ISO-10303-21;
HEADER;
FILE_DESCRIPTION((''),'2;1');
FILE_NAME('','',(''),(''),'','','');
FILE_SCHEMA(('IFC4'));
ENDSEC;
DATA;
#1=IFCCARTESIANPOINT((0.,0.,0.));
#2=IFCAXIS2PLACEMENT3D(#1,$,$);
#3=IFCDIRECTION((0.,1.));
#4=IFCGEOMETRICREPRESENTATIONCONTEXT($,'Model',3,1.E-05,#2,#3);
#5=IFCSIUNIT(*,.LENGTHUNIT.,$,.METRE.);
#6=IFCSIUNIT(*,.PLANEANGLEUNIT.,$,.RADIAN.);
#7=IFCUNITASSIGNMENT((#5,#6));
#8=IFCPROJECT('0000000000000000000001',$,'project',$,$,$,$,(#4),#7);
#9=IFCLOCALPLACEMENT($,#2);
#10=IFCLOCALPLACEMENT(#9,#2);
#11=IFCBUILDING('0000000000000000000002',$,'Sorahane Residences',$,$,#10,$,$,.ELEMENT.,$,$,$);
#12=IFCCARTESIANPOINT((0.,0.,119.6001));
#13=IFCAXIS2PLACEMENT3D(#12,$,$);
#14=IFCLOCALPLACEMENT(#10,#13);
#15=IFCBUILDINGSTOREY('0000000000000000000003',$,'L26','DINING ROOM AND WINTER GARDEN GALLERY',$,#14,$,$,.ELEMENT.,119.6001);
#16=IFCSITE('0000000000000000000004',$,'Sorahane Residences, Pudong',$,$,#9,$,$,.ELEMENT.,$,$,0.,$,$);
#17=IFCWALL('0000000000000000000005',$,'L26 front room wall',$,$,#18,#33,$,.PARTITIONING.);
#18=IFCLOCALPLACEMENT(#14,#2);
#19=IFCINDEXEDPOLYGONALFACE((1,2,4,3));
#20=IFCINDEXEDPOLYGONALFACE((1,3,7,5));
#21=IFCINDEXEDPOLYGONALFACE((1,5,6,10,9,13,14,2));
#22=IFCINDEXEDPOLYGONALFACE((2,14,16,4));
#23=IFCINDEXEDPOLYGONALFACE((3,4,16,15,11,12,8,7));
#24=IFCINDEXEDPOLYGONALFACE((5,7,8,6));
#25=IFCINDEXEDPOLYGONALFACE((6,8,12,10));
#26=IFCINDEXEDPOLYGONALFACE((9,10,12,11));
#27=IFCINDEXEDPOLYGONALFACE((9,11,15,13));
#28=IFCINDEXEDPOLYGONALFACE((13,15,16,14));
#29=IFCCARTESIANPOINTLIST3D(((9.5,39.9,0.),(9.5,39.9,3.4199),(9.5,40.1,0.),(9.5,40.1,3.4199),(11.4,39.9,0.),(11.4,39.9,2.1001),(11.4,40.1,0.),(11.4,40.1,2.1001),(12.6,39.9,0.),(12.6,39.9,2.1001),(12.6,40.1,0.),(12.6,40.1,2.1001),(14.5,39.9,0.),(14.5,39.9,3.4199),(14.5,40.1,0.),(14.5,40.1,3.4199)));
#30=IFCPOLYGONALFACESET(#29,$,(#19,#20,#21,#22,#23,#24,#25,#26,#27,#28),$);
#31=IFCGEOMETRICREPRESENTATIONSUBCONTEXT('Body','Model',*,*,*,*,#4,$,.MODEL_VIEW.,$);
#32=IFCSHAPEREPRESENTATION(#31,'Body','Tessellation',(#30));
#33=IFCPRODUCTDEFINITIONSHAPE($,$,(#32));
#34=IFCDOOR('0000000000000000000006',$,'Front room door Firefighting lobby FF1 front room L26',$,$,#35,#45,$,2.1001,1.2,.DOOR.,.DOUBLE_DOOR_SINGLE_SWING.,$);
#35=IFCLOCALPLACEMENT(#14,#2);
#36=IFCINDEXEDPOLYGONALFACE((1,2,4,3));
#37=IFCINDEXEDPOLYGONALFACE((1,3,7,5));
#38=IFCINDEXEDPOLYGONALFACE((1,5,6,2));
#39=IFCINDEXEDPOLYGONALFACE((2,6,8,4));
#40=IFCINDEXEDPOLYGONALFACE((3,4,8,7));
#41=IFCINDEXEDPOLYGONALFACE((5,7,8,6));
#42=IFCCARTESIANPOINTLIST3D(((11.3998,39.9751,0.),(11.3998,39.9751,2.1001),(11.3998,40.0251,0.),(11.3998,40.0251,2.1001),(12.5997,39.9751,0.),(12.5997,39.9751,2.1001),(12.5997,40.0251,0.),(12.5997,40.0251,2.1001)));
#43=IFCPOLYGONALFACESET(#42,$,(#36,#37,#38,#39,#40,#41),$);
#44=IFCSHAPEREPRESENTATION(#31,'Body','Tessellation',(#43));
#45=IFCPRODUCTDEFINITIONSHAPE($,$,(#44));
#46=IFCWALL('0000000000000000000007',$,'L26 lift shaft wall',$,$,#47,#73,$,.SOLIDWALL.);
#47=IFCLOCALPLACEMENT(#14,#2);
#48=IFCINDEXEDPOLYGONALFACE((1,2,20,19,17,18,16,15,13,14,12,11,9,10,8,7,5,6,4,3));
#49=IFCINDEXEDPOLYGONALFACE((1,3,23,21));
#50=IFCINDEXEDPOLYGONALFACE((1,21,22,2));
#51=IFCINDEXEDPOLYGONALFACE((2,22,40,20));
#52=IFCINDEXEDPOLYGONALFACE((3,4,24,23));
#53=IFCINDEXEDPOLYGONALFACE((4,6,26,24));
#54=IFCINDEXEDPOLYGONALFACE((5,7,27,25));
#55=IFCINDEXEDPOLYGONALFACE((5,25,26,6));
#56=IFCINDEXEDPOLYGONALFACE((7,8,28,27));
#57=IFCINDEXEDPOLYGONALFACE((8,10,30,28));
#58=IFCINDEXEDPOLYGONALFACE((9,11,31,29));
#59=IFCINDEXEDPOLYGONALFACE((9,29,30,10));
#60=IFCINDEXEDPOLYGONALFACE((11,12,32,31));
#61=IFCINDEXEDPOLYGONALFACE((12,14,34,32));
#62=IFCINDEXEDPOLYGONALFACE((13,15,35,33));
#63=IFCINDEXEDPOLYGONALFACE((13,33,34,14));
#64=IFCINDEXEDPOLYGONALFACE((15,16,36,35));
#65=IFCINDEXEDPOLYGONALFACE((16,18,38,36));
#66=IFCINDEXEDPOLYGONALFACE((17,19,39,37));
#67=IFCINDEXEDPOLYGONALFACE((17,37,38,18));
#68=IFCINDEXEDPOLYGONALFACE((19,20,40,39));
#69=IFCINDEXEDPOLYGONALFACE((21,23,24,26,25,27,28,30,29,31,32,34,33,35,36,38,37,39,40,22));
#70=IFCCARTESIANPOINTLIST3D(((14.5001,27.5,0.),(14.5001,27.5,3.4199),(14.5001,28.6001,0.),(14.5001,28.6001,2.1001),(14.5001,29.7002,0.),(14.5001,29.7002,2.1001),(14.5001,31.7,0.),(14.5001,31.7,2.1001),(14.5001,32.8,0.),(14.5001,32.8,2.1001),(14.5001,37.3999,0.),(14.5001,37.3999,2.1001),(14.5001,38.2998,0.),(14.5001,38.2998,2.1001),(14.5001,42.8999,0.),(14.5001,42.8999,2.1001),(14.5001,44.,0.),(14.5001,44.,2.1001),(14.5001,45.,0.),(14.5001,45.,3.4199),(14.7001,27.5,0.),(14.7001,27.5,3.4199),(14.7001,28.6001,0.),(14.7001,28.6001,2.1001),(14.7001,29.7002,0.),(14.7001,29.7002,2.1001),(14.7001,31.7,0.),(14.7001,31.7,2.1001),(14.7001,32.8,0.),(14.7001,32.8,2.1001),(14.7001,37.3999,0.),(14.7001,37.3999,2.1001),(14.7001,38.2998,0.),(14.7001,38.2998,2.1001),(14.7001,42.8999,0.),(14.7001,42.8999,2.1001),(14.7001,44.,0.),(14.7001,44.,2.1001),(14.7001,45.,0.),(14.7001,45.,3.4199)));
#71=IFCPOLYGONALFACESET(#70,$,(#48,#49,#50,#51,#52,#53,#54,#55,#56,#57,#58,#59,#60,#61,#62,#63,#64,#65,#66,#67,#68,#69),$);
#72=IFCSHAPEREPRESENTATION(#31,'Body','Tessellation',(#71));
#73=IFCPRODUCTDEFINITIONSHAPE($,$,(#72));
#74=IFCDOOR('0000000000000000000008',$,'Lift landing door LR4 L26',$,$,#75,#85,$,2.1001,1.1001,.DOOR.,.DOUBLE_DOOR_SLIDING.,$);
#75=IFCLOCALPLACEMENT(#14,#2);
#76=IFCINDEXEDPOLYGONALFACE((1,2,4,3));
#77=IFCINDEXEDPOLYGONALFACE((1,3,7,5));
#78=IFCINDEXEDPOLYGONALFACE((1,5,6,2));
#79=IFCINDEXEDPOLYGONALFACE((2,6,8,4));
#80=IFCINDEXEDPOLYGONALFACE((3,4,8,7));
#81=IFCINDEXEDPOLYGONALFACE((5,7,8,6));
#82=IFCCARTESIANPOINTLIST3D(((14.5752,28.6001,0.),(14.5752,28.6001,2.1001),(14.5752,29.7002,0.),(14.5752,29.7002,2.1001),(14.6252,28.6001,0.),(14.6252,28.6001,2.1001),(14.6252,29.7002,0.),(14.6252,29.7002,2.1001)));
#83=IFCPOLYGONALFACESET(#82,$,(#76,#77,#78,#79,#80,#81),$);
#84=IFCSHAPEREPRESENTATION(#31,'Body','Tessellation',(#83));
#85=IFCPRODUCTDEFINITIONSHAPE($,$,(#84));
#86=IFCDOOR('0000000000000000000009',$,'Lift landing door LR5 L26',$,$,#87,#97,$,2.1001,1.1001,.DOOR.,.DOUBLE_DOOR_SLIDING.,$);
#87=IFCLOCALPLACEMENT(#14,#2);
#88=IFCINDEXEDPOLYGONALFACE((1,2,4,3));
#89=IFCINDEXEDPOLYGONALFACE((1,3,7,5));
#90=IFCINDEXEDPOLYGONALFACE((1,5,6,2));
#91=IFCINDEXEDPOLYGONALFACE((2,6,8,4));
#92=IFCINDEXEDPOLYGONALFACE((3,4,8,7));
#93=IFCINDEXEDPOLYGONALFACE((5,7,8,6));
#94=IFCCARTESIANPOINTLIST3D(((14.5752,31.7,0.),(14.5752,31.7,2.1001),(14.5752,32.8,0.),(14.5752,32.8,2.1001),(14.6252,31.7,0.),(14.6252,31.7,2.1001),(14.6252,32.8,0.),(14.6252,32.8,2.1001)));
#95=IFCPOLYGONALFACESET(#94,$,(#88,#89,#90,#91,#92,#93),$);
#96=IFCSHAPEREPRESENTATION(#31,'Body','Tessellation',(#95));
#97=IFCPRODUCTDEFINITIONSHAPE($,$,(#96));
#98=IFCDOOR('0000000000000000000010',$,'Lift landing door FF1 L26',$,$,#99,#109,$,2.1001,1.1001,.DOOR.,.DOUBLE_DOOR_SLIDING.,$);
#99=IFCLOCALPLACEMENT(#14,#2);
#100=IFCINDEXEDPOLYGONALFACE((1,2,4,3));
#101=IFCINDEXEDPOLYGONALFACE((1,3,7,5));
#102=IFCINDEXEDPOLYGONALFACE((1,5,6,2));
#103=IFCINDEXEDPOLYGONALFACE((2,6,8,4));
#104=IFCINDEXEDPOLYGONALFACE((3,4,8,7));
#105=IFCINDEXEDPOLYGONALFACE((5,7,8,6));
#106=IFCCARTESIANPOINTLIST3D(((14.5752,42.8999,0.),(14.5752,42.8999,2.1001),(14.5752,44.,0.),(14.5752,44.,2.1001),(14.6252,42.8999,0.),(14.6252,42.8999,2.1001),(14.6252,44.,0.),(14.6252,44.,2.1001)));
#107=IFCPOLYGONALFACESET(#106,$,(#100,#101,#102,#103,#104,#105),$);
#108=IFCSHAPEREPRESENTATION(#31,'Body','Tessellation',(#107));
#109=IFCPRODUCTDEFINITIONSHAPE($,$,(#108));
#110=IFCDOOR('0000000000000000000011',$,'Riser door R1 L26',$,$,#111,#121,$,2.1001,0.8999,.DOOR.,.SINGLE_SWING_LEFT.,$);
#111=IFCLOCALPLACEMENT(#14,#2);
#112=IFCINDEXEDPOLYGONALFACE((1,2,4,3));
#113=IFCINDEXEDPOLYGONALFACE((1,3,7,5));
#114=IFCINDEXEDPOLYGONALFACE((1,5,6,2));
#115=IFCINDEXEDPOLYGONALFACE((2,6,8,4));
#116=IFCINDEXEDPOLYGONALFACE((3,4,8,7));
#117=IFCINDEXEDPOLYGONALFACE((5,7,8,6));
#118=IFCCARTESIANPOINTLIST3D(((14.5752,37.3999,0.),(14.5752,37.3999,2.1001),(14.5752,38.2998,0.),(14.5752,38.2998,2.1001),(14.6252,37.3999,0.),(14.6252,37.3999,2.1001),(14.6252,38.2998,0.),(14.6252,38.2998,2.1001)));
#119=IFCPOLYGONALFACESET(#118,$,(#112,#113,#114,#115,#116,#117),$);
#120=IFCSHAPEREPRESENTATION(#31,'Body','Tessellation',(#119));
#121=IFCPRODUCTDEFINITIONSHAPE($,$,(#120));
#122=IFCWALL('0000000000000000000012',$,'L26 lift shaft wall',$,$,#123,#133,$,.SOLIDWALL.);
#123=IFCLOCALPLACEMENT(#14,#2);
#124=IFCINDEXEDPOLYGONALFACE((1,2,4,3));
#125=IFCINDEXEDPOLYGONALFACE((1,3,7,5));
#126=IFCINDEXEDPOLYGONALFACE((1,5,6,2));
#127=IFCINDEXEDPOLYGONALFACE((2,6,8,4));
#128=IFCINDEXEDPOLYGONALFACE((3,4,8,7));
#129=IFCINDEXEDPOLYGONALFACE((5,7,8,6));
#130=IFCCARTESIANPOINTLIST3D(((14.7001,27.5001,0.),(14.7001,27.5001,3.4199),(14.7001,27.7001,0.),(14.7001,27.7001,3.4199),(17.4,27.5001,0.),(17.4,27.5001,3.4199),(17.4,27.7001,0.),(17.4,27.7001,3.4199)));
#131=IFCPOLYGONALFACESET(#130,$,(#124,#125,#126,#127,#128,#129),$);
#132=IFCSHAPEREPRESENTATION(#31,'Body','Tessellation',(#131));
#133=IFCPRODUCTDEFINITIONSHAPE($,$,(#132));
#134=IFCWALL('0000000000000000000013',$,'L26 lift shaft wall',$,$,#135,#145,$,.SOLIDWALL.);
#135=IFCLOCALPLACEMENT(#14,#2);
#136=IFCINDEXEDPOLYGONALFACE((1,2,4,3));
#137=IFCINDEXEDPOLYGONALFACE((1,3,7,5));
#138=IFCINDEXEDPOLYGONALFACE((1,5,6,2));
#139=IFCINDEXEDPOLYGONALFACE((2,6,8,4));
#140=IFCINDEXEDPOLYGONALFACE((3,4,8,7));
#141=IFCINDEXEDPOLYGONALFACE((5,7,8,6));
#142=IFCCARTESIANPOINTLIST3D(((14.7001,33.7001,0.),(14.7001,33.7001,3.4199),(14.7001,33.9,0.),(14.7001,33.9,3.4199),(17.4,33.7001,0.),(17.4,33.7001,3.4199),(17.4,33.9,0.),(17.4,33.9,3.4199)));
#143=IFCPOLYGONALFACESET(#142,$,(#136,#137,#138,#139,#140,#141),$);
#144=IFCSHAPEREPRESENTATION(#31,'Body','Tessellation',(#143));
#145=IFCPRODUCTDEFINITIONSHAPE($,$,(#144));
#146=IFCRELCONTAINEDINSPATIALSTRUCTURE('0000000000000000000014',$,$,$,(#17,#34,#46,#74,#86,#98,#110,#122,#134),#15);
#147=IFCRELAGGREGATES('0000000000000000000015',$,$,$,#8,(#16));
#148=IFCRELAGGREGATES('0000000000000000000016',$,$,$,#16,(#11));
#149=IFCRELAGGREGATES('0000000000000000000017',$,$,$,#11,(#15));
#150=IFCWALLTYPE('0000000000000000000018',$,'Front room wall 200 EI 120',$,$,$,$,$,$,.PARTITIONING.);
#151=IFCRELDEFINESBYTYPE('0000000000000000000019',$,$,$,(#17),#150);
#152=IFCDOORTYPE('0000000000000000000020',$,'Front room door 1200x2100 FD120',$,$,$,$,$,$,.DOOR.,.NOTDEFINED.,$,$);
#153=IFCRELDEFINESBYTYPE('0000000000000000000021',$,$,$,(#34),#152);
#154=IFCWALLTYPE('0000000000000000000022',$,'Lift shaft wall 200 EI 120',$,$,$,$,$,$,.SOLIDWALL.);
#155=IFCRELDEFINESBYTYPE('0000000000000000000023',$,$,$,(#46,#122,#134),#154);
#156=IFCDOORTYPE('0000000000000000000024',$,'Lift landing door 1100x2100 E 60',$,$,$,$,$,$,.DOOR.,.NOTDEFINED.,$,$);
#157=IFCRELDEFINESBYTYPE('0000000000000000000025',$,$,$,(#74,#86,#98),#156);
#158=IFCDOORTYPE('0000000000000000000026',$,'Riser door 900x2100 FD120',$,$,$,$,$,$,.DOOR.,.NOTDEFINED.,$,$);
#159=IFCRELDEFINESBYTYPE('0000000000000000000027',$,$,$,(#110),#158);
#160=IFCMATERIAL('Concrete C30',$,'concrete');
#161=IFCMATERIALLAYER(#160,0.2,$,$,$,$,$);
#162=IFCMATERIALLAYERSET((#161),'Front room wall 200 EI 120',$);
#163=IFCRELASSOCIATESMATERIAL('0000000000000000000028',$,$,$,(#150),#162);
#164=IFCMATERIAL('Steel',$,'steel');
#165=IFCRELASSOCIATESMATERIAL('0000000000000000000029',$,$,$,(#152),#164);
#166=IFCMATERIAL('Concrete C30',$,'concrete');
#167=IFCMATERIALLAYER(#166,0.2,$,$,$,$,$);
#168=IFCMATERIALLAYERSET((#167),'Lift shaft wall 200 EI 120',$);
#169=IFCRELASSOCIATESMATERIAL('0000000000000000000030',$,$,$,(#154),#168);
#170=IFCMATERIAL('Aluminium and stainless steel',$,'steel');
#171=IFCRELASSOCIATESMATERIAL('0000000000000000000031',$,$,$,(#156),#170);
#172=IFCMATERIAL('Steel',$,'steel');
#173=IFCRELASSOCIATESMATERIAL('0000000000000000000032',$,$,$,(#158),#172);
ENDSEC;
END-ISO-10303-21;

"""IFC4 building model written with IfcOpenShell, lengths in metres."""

from ifc_helpers import new_model, si_unit, direction, frame, frame_2d, origin, place, context, subcontext, project, spatial, rectangle, extrude, material, layer, layer_set, type_object, element, fill, save


model = new_model("IFC4")

# Units and contexts
model_context = context("Model", 3, precision=1e-05, world=origin(), true_north=direction((0.0, 1.0)))
body_context = subcontext(model_context, "Body", "Model", "MODEL_VIEW")
ifc_project = project(units=[si_unit("LENGTHUNIT", "METRE"), si_unit("PLANEANGLEUNIT", "RADIAN")], contexts=[model_context])

# Site, building, storey
site_placement = place(None, origin())
site = spatial("IfcSite", under=ifc_project, at=site_placement, Name="Sorahane Residences, Pudong", CompositionType="ELEMENT", RefElevation=0.0)
building_placement = place(site_placement, origin())
building = spatial("IfcBuilding", under=site, at=building_placement, Name="Sorahane Residences", CompositionType="ELEMENT")
storey_placement = place(building_placement, frame((0.0, 0.0, 119.6001)))
storey = spatial("IfcBuildingStorey", under=building, at=storey_placement, Name="L26", Description="DINING ROOM AND WINTER GARDEN GALLERY", CompositionType="ELEMENT", Elevation=119.6001)

# Wall, opening, door
ifc_material_1 = material(Name="Concrete C30", Category="concrete")
ifc_layer_1 = layer(ifc_material_1, 0.2)
ifc_layer_set_1 = layer_set([ifc_layer_1], Name="Front room wall 200 EI 120")
wall_type_1 = type_object("IfcWallType", Name="Front room wall 200 EI 120", PredefinedType="PARTITIONING", material=ifc_layer_set_1)
wall_1_placement = place(storey_placement, frame((9.5, 40.0, 0.0), z_axis=(0.0, 0.0, 1.0), x_axis=(1.0, 0.0, 0.0)))
wall_1 = element("IfcWall", 1, at=wall_1_placement, inside=storey, type_object=wall_type_1, Name="L26 front room wall", PredefinedType="PARTITIONING", context=body_context, shape_type="SweptSolid", body=[
    extrude(rectangle(XDim=5.0, YDim=0.2, at=frame_2d((2.5, 0.0))), origin(), (0.0, 0.0, 1.0), 3.4199),
])
opening_1_placement = place(wall_1_placement, frame((1.8999, 0.0, 0.0)))
opening_1 = element("IfcOpeningElement", 2, at=opening_1_placement, cuts=wall_1, PredefinedType="OPENING", context=body_context, shape_type="SweptSolid", body=[
    extrude(rectangle(XDim=1.2, YDim=2.1001, at=frame_2d((0.6001, 1.05))), frame((0.0, 0.1099, 0.0), z_axis=(0.0, -1.0, 0.0), x_axis=(1.0, 0.0, 0.0)), (0.0, 0.0, 1.0), 0.22),
])
ifc_material_2 = material(Name="Steel", Category="steel")
door_type_1 = type_object("IfcDoorType", Name="Front room door 1200x2100 FD120", OperationType="NOTDEFINED", PredefinedType="DOOR", material=ifc_material_2)
door_1_placement = place(opening_1_placement, frame((1.2, 0.0, 0.0), z_axis=(0.0, 0.0, 1.0), x_axis=(-1.0, 0.0, 0.0)))
door_1 = element("IfcDoor", 3, at=door_1_placement, inside=storey, type_object=door_type_1, Name="Front room door Firefighting lobby FF1 front room L26", OperationType="DOUBLE_DOOR_SINGLE_SWING", OverallHeight=2.1001, OverallWidth=1.2, PredefinedType="DOOR", context=body_context, shape_type="SweptSolid", body=[
    extrude(rectangle(XDim=1.2, YDim=2.1001, at=frame_2d((0.6001, 1.05))), frame((0.0, 0.0249, 0.0), z_axis=(0.0, -1.0, 0.0), x_axis=(1.0, 0.0, 0.0)), (0.0, 0.0, 1.0), 0.05),
])
fill(opening_1, door_1)

# Wall, openings, doors
ifc_material_3 = material(Name="Concrete C30", Category="concrete")
ifc_layer_2 = layer(ifc_material_3, 0.2)
ifc_layer_set_2 = layer_set([ifc_layer_2], Name="Lift shaft wall 200 EI 120")
wall_type_2 = type_object("IfcWallType", Name="Lift shaft wall 200 EI 120", PredefinedType="SOLIDWALL", material=ifc_layer_set_2)
wall_2_placement = place(storey_placement, frame((14.6001, 27.5, 0.0), z_axis=(0.0, 0.0, 1.0), x_axis=(0.0, 1.0, 0.0)))
wall_2 = element("IfcWall", 4, at=wall_2_placement, inside=storey, type_object=wall_type_2, Name="L26 lift shaft wall", PredefinedType="SOLIDWALL", context=body_context, shape_type="SweptSolid", body=[
    extrude(rectangle(XDim=17.5, YDim=0.2, at=frame_2d((8.75, 0.0))), origin(), (0.0, 0.0, 1.0), 3.4199),
])
opening_2_placement = place(wall_2_placement, frame((1.1001, 0.0, 0.0)))
opening_2 = element("IfcOpeningElement", 5, at=opening_2_placement, cuts=wall_2, PredefinedType="OPENING", context=body_context, shape_type="SweptSolid", body=[
    extrude(rectangle(XDim=1.1001, YDim=2.1001, at=frame_2d((0.55, 1.05))), frame((0.0, 0.1099, 0.0), z_axis=(0.0, -1.0, 0.0), x_axis=(1.0, 0.0, 0.0)), (0.0, 0.0, 1.0), 0.22),
])
opening_3_placement = place(wall_2_placement, frame((4.2, 0.0, 0.0)))
opening_3 = element("IfcOpeningElement", 6, at=opening_3_placement, cuts=wall_2, PredefinedType="OPENING", context=body_context, shape_type="SweptSolid", body=[
    extrude(rectangle(XDim=1.1001, YDim=2.1001, at=frame_2d((0.55, 1.05))), frame((0.0, 0.1099, 0.0), z_axis=(0.0, -1.0, 0.0), x_axis=(1.0, 0.0, 0.0)), (0.0, 0.0, 1.0), 0.22),
])
opening_4_placement = place(wall_2_placement, frame((15.3999, 0.0, 0.0)))
opening_4 = element("IfcOpeningElement", 7, at=opening_4_placement, cuts=wall_2, PredefinedType="OPENING", context=body_context, shape_type="SweptSolid", body=[
    extrude(rectangle(XDim=1.1001, YDim=2.1001, at=frame_2d((0.55, 1.05))), frame((0.0, 0.1099, 0.0), z_axis=(0.0, -1.0, 0.0), x_axis=(1.0, 0.0, 0.0)), (0.0, 0.0, 1.0), 0.22),
])
opening_5_placement = place(wall_2_placement, frame((9.8999, 0.0, 0.0)))
opening_5 = element("IfcOpeningElement", 8, at=opening_5_placement, cuts=wall_2, PredefinedType="OPENING", context=body_context, shape_type="SweptSolid", body=[
    extrude(rectangle(XDim=0.8999, YDim=2.1001, at=frame_2d((0.45, 1.05))), frame((0.0, 0.1099, 0.0), z_axis=(0.0, -1.0, 0.0), x_axis=(1.0, 0.0, 0.0)), (0.0, 0.0, 1.0), 0.22),
])
ifc_material_4 = material(Name="Aluminium and stainless steel", Category="steel")
door_type_2 = type_object("IfcDoorType", Name="Lift landing door 1100x2100 E 60", OperationType="NOTDEFINED", PredefinedType="DOOR", material=ifc_material_4)
door_2_placement = place(opening_2_placement, origin())
door_2 = element("IfcDoor", 9, at=door_2_placement, inside=storey, type_object=door_type_2, Name="Lift landing door LR4 L26", OperationType="DOUBLE_DOOR_SLIDING", OverallHeight=2.1001, OverallWidth=1.1001, PredefinedType="DOOR", context=body_context, shape_type="SweptSolid", body=[
    extrude(rectangle(XDim=1.1001, YDim=2.1001, at=frame_2d((0.55, 1.05))), frame((0.0, 0.0249, 0.0), z_axis=(0.0, -1.0, 0.0), x_axis=(1.0, 0.0, 0.0)), (0.0, 0.0, 1.0), 0.05),
])
fill(opening_2, door_2)
door_3_placement = place(opening_3_placement, origin())
door_3 = element("IfcDoor", 10, at=door_3_placement, inside=storey, type_object=door_type_2, Name="Lift landing door LR5 L26", OperationType="DOUBLE_DOOR_SLIDING", OverallHeight=2.1001, OverallWidth=1.1001, PredefinedType="DOOR", context=body_context, shape_type="SweptSolid", body=[
    extrude(rectangle(XDim=1.1001, YDim=2.1001, at=frame_2d((0.55, 1.05))), frame((0.0, 0.0249, 0.0), z_axis=(0.0, -1.0, 0.0), x_axis=(1.0, 0.0, 0.0)), (0.0, 0.0, 1.0), 0.05),
])
fill(opening_3, door_3)
door_4_placement = place(opening_4_placement, origin())
door_4 = element("IfcDoor", 11, at=door_4_placement, inside=storey, type_object=door_type_2, Name="Lift landing door FF1 L26", OperationType="DOUBLE_DOOR_SLIDING", OverallHeight=2.1001, OverallWidth=1.1001, PredefinedType="DOOR", context=body_context, shape_type="SweptSolid", body=[
    extrude(rectangle(XDim=1.1001, YDim=2.1001, at=frame_2d((0.55, 1.05))), frame((0.0, 0.0249, 0.0), z_axis=(0.0, -1.0, 0.0), x_axis=(1.0, 0.0, 0.0)), (0.0, 0.0, 1.0), 0.05),
])
fill(opening_4, door_4)
ifc_material_5 = material(Name="Steel", Category="steel")
door_type_3 = type_object("IfcDoorType", Name="Riser door 900x2100 FD120", OperationType="NOTDEFINED", PredefinedType="DOOR", material=ifc_material_5)
door_5_placement = place(opening_5_placement, origin())
door_5 = element("IfcDoor", 12, at=door_5_placement, inside=storey, type_object=door_type_3, Name="Riser door R1 L26", OperationType="SINGLE_SWING_LEFT", OverallHeight=2.1001, OverallWidth=0.8999, PredefinedType="DOOR", context=body_context, shape_type="SweptSolid", body=[
    extrude(rectangle(XDim=0.8999, YDim=2.1001, at=frame_2d((0.45, 1.05))), frame((0.0, 0.0249, 0.0), z_axis=(0.0, -1.0, 0.0), x_axis=(1.0, 0.0, 0.0)), (0.0, 0.0, 1.0), 0.05),
])
fill(opening_5, door_5)

# Walls
for number, where, z_axis, x_axis, name in (
    (13, (14.7, 27.6001, 0.0), (0.0, 0.0, 1.0), (1.0, 0.0, 0.0), "L26 lift shaft wall"),
    (14, (14.7, 33.8, 0.0), (0.0, 0.0, 1.0), (1.0, 0.0, 0.0), "L26 lift shaft wall"),
):
    element("IfcWall", number, at=place(storey_placement, frame(where, z_axis=z_axis, x_axis=x_axis)), inside=storey, type_object=wall_type_2, Name=name, PredefinedType="SOLIDWALL", context=body_context, shape_type="SweptSolid", body=[
        extrude(rectangle(XDim=2.7, YDim=0.2, at=frame_2d((1.3501, 0.0))), origin(), (0.0, 0.0, 1.0), 3.4199),
    ])

save(model, "model.ifc")
